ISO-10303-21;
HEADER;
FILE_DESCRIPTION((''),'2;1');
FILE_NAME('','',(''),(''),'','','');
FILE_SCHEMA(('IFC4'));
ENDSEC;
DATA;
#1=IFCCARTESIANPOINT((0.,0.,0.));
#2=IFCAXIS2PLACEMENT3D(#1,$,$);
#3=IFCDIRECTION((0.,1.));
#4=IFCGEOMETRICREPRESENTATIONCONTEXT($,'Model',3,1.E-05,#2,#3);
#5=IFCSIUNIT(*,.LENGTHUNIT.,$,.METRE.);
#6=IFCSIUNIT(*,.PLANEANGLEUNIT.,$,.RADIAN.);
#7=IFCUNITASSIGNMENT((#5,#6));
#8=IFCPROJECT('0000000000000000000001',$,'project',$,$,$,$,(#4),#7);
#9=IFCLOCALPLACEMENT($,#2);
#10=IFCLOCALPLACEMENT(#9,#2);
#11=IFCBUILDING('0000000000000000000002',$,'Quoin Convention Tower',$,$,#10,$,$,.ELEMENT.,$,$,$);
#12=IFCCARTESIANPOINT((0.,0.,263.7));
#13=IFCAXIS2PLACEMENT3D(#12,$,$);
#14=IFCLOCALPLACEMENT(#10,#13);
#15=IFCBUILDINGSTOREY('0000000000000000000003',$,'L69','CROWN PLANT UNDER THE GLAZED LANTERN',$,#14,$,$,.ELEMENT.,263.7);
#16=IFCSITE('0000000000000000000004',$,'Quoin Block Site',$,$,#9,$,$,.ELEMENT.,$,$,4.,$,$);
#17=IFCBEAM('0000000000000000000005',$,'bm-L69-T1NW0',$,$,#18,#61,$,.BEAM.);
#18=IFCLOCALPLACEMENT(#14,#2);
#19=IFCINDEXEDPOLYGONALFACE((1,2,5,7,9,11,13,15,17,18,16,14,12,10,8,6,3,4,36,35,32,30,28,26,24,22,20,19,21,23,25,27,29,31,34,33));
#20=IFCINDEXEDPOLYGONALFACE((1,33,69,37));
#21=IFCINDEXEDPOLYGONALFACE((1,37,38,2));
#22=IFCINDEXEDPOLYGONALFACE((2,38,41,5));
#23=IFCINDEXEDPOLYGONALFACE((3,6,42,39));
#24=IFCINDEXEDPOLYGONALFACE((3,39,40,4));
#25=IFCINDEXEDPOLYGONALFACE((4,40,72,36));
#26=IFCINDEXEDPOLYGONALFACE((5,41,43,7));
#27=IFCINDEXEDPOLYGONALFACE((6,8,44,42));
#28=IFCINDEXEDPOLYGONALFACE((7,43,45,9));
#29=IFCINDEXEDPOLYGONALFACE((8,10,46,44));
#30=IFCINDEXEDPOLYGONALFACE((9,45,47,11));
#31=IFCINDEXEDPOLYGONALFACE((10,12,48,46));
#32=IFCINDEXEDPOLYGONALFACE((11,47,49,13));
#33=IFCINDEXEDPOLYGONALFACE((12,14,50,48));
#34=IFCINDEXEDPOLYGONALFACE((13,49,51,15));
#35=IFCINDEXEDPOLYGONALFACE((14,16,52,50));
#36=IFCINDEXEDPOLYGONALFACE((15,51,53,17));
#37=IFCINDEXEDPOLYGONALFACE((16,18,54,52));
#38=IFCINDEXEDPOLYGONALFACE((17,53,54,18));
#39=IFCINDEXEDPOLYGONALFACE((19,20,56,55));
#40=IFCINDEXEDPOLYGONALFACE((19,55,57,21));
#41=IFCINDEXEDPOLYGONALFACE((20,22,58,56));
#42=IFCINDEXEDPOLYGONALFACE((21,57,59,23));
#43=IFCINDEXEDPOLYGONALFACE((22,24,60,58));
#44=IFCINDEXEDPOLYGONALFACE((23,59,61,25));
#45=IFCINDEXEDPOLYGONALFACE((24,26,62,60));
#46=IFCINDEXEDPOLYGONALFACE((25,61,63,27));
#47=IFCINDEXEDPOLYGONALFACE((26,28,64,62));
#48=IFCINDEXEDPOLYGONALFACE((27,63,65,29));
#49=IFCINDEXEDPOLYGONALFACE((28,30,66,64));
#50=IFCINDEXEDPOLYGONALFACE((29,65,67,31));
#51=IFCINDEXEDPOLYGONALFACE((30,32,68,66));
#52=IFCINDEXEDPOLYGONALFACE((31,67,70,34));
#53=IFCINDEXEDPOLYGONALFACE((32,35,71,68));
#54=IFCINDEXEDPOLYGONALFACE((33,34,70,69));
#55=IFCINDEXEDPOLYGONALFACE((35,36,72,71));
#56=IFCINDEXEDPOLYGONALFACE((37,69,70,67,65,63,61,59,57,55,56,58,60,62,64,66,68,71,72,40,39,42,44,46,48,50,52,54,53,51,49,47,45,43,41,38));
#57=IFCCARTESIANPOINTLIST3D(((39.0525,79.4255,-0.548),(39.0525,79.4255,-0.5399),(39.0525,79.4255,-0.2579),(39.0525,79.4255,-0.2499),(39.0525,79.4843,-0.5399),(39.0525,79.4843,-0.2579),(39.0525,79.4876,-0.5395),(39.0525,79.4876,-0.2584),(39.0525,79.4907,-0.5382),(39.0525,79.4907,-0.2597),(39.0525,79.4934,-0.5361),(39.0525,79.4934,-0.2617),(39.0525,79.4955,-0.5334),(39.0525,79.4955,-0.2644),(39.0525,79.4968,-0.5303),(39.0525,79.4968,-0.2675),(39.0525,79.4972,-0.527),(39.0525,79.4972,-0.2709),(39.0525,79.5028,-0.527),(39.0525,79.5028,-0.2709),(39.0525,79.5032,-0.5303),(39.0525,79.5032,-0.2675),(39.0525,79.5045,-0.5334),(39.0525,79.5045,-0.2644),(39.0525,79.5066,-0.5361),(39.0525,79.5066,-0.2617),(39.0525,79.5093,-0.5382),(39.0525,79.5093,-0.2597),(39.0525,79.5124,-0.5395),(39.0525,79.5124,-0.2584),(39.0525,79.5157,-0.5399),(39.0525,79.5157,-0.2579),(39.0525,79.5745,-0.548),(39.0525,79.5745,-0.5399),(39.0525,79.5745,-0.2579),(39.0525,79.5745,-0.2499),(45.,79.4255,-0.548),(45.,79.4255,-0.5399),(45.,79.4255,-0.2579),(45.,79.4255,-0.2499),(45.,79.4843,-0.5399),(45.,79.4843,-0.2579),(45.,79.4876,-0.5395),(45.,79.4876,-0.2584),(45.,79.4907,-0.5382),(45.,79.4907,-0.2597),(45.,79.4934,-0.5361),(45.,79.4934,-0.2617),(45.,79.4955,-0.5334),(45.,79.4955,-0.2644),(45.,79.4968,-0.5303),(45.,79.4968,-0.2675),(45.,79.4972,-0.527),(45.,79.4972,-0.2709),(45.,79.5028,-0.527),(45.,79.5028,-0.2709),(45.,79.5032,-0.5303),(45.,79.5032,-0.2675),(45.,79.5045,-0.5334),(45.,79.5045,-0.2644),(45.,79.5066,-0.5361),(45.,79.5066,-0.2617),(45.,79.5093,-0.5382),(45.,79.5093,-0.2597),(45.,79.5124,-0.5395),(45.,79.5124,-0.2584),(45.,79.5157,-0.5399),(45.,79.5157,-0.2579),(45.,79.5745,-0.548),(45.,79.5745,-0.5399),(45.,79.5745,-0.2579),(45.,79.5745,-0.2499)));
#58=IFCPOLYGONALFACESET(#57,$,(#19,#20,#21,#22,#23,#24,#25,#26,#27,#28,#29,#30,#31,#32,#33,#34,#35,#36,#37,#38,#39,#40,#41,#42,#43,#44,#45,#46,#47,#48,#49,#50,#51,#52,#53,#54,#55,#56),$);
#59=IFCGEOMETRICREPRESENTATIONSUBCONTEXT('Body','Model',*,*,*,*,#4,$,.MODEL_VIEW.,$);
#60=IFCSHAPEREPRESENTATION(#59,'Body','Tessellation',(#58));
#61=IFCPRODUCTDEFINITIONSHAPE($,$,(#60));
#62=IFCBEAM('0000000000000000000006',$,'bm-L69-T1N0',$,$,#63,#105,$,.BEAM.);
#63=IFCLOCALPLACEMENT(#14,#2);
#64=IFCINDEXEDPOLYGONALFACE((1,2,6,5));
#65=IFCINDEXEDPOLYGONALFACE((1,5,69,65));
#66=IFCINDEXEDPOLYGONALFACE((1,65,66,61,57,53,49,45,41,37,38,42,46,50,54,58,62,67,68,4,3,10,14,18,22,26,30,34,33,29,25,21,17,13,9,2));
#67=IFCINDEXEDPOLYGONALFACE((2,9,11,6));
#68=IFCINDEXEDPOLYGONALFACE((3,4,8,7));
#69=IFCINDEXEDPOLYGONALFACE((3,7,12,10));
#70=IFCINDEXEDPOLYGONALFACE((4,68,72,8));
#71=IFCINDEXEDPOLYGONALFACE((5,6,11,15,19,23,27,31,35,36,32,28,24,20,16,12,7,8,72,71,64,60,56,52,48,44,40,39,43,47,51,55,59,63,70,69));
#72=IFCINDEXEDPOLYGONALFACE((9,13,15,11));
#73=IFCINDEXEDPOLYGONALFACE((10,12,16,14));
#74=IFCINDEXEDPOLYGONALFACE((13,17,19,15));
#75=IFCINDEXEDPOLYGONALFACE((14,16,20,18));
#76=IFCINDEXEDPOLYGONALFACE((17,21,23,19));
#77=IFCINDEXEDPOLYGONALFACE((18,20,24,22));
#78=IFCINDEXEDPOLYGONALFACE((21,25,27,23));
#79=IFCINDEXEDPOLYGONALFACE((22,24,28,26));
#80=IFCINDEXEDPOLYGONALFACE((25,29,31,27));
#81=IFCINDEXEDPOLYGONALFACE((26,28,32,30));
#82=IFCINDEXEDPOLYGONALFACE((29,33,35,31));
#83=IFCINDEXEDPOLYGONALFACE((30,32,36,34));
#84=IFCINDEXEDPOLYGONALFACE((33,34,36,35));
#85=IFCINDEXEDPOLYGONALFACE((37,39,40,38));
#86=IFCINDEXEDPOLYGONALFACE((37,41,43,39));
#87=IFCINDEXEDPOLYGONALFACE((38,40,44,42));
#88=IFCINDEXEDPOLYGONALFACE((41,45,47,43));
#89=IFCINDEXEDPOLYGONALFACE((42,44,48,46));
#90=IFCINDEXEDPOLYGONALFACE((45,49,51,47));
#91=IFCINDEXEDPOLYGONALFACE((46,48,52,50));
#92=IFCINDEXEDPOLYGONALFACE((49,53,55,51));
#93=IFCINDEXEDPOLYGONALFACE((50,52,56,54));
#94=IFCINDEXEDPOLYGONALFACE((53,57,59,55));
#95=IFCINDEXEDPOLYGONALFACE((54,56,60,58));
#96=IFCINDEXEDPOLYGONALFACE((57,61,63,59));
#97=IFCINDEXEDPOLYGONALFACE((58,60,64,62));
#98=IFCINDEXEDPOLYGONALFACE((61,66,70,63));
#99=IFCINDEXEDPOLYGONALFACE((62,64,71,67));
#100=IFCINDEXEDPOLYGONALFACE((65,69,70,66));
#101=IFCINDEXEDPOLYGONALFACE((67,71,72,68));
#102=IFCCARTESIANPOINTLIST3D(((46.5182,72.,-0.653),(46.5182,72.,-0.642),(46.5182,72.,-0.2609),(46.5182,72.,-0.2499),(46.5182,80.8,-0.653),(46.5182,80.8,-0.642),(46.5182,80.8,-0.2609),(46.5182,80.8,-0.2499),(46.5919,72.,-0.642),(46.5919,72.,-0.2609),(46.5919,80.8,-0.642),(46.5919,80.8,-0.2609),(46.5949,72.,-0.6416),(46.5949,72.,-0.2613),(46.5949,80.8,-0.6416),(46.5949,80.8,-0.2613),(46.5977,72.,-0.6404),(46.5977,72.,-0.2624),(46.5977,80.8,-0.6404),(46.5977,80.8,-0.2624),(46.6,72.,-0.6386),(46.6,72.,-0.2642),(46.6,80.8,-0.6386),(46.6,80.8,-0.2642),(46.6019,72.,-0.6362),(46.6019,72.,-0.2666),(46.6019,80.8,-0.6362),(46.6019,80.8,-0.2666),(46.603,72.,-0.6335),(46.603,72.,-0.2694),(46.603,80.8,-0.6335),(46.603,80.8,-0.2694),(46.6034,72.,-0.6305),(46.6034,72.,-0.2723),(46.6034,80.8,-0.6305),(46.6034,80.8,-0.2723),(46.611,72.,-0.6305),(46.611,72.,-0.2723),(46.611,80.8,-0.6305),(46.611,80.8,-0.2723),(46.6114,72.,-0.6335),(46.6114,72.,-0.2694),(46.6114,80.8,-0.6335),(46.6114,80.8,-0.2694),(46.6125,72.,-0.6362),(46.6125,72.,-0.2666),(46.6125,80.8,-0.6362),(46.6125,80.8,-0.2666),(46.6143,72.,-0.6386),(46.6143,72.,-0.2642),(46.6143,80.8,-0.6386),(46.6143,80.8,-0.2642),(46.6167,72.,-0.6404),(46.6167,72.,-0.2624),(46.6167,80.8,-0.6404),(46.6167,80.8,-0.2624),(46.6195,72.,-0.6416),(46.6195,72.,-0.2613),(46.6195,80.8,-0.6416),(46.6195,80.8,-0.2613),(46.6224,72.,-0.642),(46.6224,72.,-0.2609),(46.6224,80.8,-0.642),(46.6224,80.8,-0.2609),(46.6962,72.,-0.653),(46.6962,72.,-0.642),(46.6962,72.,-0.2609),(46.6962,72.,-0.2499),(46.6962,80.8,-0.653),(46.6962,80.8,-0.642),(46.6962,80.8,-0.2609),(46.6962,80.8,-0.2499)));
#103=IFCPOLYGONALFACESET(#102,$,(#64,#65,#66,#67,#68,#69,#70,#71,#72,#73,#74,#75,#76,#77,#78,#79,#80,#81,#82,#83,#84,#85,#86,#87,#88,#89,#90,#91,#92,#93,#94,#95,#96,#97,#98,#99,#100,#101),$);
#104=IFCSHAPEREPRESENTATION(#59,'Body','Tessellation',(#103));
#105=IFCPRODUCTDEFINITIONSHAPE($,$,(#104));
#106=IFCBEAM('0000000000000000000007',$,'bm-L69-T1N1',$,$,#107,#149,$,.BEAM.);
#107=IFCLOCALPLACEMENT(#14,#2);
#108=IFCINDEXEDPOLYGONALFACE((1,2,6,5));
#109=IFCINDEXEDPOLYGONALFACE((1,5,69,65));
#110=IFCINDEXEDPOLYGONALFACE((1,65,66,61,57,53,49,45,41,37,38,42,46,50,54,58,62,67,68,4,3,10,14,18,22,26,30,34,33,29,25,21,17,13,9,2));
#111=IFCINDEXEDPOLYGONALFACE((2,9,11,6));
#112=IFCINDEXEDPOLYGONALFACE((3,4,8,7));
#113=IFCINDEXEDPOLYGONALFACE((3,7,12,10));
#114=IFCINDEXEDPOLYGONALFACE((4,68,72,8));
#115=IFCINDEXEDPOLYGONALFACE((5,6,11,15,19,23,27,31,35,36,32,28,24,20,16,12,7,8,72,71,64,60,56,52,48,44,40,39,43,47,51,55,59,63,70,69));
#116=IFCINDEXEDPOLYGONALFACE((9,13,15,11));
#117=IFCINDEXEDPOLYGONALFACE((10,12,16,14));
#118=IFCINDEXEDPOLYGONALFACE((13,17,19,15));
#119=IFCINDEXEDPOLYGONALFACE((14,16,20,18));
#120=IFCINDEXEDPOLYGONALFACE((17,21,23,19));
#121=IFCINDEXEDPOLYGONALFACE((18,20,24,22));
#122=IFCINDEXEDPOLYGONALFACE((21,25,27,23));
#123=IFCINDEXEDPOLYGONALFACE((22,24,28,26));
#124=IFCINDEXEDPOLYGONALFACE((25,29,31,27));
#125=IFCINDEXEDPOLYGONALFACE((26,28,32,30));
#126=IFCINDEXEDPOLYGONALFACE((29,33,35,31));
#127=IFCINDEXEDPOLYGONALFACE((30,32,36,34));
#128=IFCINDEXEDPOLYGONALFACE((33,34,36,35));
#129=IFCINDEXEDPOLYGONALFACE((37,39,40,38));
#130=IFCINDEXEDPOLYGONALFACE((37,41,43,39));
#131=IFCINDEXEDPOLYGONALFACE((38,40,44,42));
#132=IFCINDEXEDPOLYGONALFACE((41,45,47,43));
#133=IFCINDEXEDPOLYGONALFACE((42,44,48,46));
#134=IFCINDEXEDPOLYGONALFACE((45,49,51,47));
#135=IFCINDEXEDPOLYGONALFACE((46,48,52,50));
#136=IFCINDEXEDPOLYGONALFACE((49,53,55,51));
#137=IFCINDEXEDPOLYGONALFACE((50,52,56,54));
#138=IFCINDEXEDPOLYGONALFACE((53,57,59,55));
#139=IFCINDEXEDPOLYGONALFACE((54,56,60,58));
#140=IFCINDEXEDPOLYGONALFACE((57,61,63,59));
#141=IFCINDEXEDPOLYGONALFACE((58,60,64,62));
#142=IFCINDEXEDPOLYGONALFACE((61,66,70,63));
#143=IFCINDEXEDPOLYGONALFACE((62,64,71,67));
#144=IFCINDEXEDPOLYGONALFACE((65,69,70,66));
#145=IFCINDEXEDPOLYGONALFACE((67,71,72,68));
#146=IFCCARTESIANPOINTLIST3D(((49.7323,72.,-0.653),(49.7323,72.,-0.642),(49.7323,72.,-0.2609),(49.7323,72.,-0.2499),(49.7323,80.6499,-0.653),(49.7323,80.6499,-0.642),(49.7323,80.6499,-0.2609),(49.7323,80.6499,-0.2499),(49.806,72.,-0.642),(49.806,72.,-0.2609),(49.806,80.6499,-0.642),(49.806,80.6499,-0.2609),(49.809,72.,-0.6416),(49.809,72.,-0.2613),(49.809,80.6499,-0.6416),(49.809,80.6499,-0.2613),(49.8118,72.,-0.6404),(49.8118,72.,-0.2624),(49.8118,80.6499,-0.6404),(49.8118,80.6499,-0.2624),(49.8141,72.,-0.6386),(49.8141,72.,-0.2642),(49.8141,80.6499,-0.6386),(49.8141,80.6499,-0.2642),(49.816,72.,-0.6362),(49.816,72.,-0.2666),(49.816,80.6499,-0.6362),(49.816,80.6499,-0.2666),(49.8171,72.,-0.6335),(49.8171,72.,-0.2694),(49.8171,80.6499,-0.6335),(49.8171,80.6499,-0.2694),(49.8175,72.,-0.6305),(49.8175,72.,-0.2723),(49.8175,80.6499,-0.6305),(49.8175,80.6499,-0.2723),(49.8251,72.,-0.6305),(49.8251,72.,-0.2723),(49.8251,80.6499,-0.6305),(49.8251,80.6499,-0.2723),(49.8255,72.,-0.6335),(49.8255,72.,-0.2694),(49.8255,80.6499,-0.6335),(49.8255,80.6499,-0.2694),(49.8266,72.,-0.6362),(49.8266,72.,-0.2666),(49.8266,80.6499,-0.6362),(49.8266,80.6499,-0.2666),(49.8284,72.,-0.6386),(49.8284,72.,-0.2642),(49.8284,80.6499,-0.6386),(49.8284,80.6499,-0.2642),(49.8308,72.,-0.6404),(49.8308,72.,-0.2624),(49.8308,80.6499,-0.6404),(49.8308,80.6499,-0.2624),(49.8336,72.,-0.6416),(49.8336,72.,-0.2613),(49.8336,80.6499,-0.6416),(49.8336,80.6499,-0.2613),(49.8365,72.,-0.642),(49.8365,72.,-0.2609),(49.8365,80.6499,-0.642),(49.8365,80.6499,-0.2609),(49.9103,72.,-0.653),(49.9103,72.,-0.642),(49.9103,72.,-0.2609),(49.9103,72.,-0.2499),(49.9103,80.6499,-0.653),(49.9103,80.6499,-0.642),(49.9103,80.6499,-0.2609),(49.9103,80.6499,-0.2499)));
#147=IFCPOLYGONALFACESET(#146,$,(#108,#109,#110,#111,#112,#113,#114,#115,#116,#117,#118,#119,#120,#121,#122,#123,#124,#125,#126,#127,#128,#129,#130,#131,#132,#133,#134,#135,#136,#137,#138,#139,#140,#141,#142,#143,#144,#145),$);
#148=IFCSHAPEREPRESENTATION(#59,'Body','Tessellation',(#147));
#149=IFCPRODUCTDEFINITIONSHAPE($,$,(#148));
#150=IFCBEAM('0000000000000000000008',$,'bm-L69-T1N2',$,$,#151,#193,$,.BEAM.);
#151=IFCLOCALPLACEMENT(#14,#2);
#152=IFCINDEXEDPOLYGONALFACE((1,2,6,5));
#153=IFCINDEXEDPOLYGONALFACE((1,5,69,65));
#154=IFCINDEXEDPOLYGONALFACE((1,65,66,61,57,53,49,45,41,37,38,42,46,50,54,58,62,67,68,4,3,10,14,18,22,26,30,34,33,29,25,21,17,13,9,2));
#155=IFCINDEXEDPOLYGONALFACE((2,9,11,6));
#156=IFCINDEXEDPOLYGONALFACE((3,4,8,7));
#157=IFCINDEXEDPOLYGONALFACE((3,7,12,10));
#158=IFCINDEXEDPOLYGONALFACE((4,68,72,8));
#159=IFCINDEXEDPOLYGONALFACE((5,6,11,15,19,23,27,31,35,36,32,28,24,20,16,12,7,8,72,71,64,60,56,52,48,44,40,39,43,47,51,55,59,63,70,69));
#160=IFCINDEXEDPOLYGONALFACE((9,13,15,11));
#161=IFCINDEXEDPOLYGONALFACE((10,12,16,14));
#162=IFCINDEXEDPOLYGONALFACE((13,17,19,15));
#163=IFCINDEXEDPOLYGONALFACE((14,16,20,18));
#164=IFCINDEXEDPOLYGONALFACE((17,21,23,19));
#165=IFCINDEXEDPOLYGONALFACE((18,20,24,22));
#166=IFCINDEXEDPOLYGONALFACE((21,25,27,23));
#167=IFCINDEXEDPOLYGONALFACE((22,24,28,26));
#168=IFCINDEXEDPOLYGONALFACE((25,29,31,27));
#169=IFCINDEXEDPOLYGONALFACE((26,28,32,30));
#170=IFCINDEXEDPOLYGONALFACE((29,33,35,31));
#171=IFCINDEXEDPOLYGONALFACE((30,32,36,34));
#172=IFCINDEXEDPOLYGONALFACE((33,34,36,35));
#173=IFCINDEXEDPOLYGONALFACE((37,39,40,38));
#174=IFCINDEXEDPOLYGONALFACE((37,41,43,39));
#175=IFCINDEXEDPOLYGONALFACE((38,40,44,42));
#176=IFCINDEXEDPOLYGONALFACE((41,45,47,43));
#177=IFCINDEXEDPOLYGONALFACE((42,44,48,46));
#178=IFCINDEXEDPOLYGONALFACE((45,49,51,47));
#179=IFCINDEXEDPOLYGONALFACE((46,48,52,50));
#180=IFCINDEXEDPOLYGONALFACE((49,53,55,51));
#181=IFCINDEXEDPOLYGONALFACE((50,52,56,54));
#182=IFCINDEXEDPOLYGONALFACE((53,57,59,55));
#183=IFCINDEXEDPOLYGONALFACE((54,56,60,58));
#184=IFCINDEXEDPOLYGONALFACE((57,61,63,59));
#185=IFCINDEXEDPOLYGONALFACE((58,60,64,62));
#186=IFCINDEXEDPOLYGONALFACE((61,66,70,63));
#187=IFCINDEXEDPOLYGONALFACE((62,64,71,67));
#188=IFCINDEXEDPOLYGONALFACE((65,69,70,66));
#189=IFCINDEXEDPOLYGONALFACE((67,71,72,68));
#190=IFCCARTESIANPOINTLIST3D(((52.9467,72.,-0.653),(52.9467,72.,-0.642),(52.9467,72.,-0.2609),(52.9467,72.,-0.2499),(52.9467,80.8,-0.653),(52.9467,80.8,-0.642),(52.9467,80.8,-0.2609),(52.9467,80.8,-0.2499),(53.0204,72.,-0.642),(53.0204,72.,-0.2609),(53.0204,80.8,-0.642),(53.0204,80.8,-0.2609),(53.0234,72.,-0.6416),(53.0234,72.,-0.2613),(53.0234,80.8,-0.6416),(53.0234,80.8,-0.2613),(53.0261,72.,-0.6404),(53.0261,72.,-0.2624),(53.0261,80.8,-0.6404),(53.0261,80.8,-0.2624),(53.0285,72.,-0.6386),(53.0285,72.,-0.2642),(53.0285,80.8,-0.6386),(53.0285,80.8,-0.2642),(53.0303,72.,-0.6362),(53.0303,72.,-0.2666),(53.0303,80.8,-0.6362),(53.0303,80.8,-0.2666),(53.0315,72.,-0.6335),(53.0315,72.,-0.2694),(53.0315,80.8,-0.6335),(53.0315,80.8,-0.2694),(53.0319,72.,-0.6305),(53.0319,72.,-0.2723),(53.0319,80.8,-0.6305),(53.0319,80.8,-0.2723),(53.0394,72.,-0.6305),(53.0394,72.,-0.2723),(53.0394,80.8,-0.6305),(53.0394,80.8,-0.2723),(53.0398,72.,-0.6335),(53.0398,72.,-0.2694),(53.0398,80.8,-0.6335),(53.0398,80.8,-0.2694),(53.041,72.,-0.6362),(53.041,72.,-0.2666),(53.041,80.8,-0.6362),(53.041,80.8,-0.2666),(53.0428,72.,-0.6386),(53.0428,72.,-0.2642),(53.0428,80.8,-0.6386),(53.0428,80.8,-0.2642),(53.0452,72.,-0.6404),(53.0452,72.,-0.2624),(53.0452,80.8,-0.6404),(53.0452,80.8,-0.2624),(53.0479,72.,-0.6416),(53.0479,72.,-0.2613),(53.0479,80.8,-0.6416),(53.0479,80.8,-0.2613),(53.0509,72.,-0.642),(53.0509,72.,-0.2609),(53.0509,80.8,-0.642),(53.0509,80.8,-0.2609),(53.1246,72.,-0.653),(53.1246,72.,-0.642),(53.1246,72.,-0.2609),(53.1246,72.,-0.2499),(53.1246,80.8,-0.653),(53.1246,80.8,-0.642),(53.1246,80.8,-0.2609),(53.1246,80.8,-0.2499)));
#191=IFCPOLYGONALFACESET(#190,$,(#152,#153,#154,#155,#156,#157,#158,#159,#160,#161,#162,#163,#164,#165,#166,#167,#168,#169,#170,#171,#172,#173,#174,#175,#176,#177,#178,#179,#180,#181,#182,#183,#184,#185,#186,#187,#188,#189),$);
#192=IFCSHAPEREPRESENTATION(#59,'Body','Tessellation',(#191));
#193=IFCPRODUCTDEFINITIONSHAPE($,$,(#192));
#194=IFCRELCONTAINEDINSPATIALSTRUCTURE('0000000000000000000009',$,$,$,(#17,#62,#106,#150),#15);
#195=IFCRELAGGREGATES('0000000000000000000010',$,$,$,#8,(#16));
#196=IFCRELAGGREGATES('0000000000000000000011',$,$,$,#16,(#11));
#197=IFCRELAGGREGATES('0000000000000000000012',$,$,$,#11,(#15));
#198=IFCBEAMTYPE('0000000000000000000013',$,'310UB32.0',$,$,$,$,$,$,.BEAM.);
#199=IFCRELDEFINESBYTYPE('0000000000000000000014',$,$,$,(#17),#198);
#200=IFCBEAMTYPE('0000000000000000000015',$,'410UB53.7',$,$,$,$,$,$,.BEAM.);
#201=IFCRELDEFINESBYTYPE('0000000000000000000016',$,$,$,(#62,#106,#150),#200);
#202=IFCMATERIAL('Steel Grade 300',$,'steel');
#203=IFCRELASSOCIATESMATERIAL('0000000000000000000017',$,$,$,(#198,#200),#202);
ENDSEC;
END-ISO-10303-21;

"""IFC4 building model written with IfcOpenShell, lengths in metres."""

from ifc_helpers import new_model, si_unit, direction, frame, origin, origin_2d, place, context, subcontext, project, spatial, i_section, extrude, material, material_profile, profile_set, type_object, element, save


model = new_model("IFC4")

# Units and contexts
model_context = context("Model", 3, precision=1e-05, world=origin(), true_north=direction((0.0, 1.0)))
body_context = subcontext(model_context, "Body", "Model", "MODEL_VIEW")
ifc_project = project(units=[si_unit("LENGTHUNIT", "METRE"), si_unit("PLANEANGLEUNIT", "RADIAN")], contexts=[model_context])

# Site, building, storey
site_placement = place(None, origin())
site = spatial("IfcSite", under=ifc_project, at=site_placement, Name="Quoin Block Site", CompositionType="ELEMENT", RefElevation=4.0)
building_placement = place(site_placement, origin())
building = spatial("IfcBuilding", under=site, at=building_placement, Name="Quoin Convention Tower", CompositionType="ELEMENT")
storey_placement = place(building_placement, frame((0.0, 0.0, 263.7)))
storey = spatial("IfcBuildingStorey", under=building, at=storey_placement, Name="L69", Description="CROWN PLANT UNDER THE GLAZED LANTERN", CompositionType="ELEMENT", Elevation=263.7)

# Beams
ifc_material_1 = material(Name="Steel Grade 300", Category="steel")
ifc_material_profile_1 = material_profile(ifc_material_1, i_section(OverallWidth=0.1489, OverallDepth=0.2981, WebThickness=0.0056, FlangeThickness=0.0081, FilletRadius=0.0129, at=origin_2d()), Name="310UB32.0")
ifc_profile_set_1 = profile_set([ifc_material_profile_1], Name="Steel Grade 300")
beam_type_1 = type_object("IfcBeamType", Name="310UB32.0", PredefinedType="BEAM", material=ifc_profile_set_1)
beam_1_placement = place(storey_placement, frame((39.0525, 79.5, -0.3989), z_axis=(1.0, 0.0, 0.0), x_axis=(0.0, 1.0, 0.0)))
element("IfcBeam", 1, at=beam_1_placement, inside=storey, type_object=beam_type_1, Name="bm-L69-T1NW0", PredefinedType="BEAM", context=body_context, shape_type="SweptSolid", body=[
    extrude(i_section(OverallWidth=0.1489, OverallDepth=0.2981, WebThickness=0.0056, FlangeThickness=0.0081, FilletRadius=0.0129, at=origin_2d()), origin(), (0.0, 0.0, 1.0), 5.9475),
])
ifc_material_profile_2 = material_profile(ifc_material_1, i_section(OverallWidth=0.178, OverallDepth=0.4031, WebThickness=0.0076, FlangeThickness=0.011, FilletRadius=0.0115, at=origin_2d()), Name="410UB53.7")
ifc_profile_set_2 = profile_set([ifc_material_profile_2], Name="Steel Grade 300")
beam_type_2 = type_object("IfcBeamType", Name="410UB53.7", PredefinedType="BEAM", material=ifc_profile_set_2)
beam_2_placement = place(storey_placement, frame((46.6072, 72.0, -0.4514), z_axis=(0.0, 1.0, 0.0), x_axis=(-1.0, 0.0, 0.0)))
element("IfcBeam", 2, at=beam_2_placement, inside=storey, type_object=beam_type_2, Name="bm-L69-T1N0", PredefinedType="BEAM", context=body_context, shape_type="SweptSolid", body=[
    extrude(i_section(OverallWidth=0.178, OverallDepth=0.4031, WebThickness=0.0076, FlangeThickness=0.011, FilletRadius=0.0115, at=origin_2d()), origin(), (0.0, 0.0, 1.0), 8.8),
])
beam_3_placement = place(storey_placement, frame((49.8213, 72.0, -0.4514), z_axis=(0.0, 1.0, 0.0), x_axis=(-1.0, 0.0, 0.0)))
element("IfcBeam", 3, at=beam_3_placement, inside=storey, type_object=beam_type_2, Name="bm-L69-T1N1", PredefinedType="BEAM", context=body_context, shape_type="SweptSolid", body=[
    extrude(i_section(OverallWidth=0.178, OverallDepth=0.4031, WebThickness=0.0076, FlangeThickness=0.011, FilletRadius=0.0115, at=origin_2d()), origin(), (0.0, 0.0, 1.0), 8.6499),
])
beam_4_placement = place(storey_placement, frame((53.0356, 72.0, -0.4514), z_axis=(0.0, 1.0, 0.0), x_axis=(-1.0, 0.0, 0.0)))
element("IfcBeam", 4, at=beam_4_placement, inside=storey, type_object=beam_type_2, Name="bm-L69-T1N2", PredefinedType="BEAM", context=body_context, shape_type="SweptSolid", body=[
    extrude(i_section(OverallWidth=0.178, OverallDepth=0.4031, WebThickness=0.0076, FlangeThickness=0.011, FilletRadius=0.0115, at=origin_2d()), origin(), (0.0, 0.0, 1.0), 8.8),
])

save(model, "model.ifc")
